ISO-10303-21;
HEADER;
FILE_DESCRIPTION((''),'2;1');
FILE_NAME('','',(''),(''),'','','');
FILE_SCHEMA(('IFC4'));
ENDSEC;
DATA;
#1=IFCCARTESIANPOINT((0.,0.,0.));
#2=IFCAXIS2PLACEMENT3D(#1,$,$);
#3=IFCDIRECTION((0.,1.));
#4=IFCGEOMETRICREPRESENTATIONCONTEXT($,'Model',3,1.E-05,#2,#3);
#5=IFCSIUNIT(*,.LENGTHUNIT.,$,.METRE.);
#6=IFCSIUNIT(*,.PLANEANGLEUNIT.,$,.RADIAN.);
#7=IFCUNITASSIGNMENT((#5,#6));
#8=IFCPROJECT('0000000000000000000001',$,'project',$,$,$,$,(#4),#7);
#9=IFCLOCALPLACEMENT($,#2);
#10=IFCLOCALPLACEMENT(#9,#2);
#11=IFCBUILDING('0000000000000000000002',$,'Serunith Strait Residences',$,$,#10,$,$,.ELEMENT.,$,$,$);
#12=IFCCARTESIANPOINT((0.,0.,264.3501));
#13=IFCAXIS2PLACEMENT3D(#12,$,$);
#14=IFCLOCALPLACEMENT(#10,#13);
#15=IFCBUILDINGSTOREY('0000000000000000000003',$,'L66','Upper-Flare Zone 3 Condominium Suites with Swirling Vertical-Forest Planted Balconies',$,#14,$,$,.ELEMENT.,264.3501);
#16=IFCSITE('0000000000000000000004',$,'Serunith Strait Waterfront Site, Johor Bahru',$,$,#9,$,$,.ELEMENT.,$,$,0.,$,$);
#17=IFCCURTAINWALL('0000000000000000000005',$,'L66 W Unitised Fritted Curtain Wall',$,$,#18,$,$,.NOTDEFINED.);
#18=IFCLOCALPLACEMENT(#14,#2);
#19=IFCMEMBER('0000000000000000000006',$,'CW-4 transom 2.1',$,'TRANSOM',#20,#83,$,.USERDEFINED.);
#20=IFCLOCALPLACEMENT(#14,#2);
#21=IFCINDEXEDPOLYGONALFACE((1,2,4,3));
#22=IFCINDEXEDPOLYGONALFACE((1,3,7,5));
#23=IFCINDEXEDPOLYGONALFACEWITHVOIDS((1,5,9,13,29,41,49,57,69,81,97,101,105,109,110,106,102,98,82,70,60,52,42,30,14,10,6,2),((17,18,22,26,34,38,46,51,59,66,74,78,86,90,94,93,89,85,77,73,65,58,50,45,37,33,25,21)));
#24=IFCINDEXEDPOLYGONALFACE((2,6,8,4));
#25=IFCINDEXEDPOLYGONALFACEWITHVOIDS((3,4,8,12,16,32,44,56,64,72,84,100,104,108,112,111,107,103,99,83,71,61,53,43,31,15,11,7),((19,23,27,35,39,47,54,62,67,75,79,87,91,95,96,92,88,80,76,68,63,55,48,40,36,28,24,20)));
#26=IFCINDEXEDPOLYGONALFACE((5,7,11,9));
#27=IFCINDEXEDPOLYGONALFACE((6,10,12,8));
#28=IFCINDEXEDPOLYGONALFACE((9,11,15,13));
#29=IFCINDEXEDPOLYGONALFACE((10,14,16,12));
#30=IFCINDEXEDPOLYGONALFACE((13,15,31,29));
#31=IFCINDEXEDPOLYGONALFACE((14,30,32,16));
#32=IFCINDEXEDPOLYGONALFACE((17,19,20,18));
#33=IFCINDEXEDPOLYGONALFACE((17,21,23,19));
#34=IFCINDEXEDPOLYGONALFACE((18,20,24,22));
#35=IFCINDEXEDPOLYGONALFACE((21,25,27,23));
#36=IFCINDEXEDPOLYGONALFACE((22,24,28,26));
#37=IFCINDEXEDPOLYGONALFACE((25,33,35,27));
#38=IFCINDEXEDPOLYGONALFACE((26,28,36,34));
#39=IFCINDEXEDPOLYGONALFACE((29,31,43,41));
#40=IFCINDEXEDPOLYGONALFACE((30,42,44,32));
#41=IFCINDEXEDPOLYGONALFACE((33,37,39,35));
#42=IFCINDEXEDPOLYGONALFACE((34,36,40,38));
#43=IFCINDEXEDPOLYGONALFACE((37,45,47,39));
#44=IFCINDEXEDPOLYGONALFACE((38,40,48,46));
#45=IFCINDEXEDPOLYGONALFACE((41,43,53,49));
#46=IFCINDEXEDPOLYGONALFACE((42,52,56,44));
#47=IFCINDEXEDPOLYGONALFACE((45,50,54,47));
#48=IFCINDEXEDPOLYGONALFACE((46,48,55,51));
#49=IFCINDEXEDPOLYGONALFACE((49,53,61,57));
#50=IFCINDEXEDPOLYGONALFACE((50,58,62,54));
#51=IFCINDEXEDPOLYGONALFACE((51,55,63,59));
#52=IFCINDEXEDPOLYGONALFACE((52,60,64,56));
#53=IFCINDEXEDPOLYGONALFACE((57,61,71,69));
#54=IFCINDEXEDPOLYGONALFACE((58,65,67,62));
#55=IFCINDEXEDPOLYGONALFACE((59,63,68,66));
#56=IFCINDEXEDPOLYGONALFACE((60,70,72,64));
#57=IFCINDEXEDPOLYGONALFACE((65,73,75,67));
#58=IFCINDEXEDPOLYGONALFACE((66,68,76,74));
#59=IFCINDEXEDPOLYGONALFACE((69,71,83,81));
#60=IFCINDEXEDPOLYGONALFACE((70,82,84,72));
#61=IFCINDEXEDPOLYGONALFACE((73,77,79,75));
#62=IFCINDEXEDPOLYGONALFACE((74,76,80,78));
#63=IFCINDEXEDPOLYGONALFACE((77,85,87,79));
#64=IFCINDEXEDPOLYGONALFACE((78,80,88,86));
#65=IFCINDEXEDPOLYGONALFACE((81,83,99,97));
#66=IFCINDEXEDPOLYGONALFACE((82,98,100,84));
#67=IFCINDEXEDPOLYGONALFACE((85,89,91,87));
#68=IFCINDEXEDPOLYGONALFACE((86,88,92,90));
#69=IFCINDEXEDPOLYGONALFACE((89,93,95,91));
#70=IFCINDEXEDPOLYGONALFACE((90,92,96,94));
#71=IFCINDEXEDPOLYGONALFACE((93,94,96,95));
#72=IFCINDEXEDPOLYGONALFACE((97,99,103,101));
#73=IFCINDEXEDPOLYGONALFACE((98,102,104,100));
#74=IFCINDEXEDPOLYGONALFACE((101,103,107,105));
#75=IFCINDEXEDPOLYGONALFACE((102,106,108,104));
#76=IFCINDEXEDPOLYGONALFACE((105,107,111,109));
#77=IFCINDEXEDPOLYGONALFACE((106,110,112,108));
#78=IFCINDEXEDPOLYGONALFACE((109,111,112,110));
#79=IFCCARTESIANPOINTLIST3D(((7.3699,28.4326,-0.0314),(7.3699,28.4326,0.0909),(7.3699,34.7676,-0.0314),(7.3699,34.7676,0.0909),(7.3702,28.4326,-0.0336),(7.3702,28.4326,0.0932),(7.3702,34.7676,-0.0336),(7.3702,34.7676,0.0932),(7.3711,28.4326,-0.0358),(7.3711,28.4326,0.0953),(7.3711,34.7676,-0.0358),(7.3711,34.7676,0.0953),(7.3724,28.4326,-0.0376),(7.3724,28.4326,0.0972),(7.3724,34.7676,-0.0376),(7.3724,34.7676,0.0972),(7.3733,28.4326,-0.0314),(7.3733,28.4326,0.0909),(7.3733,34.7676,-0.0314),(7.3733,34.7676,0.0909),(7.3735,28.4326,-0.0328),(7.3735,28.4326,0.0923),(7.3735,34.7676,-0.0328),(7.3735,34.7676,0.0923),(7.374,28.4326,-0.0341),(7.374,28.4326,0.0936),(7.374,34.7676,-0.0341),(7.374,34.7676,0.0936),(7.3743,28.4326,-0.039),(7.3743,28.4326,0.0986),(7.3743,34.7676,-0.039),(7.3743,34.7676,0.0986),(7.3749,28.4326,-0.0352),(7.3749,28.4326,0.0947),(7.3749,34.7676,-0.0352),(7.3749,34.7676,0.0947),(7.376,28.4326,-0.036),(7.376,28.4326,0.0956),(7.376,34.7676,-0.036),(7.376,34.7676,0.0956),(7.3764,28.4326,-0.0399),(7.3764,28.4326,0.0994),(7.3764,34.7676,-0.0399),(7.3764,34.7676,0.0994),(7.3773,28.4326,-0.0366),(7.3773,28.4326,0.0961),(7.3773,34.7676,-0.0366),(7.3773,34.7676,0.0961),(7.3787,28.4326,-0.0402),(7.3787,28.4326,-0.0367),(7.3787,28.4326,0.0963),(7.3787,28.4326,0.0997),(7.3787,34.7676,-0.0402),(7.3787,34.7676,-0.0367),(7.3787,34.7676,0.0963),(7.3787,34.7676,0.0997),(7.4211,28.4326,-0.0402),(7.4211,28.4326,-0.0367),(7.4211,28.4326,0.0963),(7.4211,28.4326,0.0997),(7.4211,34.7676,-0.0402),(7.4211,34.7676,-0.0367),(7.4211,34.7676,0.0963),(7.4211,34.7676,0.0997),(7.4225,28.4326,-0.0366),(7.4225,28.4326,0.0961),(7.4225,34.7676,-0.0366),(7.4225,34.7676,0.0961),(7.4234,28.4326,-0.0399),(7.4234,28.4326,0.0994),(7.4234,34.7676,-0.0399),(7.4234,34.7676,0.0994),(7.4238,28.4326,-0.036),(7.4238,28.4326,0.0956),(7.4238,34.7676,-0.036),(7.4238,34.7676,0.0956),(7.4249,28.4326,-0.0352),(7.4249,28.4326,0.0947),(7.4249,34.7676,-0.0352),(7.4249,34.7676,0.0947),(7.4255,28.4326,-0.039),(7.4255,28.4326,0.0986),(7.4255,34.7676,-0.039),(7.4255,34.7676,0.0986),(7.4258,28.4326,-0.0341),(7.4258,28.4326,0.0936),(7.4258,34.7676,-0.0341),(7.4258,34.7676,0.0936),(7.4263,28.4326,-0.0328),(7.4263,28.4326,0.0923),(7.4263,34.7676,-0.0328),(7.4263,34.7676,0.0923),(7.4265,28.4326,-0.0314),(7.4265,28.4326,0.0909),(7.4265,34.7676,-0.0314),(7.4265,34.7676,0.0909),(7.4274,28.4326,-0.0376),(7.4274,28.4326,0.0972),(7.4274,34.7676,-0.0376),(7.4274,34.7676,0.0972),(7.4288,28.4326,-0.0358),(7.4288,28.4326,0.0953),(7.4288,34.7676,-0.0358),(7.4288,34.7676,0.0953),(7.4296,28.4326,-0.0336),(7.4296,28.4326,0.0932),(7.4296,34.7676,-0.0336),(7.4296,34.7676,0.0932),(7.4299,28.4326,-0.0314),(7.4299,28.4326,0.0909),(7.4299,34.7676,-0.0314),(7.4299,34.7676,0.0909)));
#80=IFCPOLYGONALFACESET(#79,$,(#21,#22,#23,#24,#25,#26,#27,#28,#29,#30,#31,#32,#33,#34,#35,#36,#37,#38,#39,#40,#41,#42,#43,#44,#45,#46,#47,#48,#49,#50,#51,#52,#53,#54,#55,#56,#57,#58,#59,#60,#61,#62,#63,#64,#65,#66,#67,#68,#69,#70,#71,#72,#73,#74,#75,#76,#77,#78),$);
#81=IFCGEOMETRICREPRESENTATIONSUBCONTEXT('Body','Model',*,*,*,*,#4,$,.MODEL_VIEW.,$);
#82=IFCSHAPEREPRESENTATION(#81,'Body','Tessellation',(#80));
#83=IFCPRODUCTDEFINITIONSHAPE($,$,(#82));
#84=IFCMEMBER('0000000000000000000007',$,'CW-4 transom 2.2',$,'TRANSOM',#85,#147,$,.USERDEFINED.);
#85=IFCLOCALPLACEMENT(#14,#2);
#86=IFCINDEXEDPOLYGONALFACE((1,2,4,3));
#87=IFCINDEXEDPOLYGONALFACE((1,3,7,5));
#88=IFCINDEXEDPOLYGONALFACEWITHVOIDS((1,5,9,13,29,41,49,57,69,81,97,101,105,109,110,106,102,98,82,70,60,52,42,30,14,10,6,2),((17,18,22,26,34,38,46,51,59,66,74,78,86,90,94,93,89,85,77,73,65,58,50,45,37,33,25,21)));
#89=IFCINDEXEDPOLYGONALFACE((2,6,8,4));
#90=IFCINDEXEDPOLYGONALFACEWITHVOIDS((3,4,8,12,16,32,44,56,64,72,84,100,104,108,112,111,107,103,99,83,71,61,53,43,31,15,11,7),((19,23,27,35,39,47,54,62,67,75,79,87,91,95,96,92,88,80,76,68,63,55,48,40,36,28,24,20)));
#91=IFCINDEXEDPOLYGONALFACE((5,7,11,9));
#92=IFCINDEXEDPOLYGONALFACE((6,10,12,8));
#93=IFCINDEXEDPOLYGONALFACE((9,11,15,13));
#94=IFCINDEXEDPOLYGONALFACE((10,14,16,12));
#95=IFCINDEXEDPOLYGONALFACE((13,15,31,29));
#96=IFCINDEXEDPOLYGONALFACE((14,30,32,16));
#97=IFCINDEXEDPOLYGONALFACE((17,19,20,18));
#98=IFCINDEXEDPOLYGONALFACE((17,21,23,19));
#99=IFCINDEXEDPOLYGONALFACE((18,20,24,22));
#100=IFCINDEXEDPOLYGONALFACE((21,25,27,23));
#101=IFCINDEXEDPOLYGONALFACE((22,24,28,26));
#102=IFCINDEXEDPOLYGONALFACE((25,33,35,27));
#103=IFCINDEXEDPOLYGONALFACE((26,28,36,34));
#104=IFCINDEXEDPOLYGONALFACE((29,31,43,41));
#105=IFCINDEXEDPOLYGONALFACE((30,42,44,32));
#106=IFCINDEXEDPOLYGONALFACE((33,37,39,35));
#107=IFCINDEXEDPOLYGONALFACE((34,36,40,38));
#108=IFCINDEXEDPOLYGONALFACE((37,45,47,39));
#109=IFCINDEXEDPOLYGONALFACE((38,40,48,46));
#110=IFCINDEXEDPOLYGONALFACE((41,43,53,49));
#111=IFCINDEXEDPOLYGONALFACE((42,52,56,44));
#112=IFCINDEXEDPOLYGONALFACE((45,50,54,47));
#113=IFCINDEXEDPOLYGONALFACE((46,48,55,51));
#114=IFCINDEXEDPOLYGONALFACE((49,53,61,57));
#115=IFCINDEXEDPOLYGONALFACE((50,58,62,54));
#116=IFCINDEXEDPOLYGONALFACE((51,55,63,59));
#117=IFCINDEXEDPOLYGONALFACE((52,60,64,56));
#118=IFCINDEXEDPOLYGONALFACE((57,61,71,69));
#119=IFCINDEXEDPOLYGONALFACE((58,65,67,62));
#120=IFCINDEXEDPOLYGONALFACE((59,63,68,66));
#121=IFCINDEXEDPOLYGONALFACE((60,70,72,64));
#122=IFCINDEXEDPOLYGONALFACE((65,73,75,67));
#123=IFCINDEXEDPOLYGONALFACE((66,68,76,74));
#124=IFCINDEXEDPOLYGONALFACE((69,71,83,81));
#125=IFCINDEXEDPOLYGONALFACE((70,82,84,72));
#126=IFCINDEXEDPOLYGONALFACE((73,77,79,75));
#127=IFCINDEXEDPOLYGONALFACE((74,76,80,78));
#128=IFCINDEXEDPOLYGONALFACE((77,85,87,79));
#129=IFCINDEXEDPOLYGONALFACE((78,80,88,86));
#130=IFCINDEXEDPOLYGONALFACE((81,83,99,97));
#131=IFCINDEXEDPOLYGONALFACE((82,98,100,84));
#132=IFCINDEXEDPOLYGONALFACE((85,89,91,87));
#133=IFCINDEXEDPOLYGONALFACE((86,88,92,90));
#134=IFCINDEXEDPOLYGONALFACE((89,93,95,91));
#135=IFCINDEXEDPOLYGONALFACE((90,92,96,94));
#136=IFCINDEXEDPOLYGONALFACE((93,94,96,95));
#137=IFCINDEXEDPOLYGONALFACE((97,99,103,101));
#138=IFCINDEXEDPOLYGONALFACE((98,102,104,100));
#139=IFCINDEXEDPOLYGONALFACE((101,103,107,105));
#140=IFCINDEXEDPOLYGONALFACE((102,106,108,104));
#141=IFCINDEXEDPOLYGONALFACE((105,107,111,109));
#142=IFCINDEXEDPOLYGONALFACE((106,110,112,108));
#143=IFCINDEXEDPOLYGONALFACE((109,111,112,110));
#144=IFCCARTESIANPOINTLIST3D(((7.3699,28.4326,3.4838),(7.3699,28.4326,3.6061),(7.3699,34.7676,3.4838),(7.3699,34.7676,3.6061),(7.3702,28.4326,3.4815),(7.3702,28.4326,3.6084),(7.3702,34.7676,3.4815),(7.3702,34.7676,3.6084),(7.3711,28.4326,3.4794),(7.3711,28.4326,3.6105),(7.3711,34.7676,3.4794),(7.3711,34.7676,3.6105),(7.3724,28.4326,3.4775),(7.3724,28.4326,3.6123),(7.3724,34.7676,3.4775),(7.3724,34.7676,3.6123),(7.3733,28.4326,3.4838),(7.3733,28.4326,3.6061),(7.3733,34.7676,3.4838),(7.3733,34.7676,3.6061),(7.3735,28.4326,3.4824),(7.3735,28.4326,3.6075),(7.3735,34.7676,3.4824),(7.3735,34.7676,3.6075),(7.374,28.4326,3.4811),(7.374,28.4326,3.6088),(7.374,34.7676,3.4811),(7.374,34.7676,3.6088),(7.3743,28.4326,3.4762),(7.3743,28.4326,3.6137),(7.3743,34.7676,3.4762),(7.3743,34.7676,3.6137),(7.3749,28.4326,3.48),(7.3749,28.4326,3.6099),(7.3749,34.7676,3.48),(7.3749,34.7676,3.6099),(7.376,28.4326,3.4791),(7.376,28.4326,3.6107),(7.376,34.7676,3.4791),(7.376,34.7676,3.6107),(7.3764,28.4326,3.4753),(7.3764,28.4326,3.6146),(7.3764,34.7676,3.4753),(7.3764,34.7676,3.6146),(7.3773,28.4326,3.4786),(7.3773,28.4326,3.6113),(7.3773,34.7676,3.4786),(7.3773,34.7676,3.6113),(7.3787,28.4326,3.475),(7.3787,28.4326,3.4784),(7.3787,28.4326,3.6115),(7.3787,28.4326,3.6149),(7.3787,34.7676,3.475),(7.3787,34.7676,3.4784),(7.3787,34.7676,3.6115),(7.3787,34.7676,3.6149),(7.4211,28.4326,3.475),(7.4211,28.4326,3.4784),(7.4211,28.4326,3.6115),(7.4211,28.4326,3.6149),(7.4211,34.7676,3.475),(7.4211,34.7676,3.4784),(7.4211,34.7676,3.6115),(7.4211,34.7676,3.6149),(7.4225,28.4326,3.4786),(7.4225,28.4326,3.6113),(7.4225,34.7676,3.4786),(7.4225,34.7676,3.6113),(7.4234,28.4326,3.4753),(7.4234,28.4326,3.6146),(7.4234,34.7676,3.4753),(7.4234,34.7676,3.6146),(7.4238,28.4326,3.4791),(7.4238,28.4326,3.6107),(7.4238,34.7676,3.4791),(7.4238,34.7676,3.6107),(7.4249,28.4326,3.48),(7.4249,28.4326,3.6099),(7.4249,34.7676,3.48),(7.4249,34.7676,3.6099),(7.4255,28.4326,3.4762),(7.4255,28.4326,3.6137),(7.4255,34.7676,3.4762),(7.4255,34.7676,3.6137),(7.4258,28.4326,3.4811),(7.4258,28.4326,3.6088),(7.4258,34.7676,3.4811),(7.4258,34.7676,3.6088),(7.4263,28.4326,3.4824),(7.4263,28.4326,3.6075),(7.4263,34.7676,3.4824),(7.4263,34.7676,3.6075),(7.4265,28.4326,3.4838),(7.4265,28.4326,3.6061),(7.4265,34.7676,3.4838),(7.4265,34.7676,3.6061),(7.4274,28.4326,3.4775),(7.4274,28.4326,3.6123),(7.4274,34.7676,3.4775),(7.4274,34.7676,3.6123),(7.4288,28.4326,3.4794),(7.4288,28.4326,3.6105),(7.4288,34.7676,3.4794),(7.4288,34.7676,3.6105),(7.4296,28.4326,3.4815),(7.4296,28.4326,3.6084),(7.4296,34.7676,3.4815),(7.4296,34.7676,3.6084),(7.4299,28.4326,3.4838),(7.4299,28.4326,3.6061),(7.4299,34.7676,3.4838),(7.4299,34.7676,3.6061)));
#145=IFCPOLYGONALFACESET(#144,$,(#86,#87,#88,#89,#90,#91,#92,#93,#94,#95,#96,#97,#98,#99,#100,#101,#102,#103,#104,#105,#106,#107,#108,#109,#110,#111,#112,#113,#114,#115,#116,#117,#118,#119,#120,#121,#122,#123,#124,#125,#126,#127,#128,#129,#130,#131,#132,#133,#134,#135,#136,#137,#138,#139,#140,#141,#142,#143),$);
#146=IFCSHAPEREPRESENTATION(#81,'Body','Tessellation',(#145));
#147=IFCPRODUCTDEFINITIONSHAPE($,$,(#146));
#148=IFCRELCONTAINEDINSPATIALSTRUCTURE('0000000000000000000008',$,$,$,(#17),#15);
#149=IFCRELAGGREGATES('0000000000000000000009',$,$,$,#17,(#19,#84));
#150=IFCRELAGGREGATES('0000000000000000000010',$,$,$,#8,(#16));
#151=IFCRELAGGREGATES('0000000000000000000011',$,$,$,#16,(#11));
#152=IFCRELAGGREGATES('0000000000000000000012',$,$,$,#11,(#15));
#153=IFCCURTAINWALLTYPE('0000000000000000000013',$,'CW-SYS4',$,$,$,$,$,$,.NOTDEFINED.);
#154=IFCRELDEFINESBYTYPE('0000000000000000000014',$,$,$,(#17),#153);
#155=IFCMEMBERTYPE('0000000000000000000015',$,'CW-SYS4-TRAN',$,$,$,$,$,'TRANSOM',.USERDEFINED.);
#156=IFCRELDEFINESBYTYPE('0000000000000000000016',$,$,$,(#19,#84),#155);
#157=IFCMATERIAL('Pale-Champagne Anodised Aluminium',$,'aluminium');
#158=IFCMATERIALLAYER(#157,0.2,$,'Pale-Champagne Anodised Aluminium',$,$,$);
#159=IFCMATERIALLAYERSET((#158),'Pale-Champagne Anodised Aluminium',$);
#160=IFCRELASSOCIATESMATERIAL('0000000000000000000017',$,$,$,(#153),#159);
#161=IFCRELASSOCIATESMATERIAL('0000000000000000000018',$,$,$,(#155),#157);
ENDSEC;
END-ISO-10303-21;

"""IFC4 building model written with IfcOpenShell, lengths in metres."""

from ifc_helpers import new_model, si_unit, direction, frame, origin, origin_2d, place, context, subcontext, project, spatial, hollow_rectangle, extrude, source, transform, mapped, material, layer, layer_set, material_profile, profile_set, type_object, element, aggregate, save


model = new_model("IFC4")

# Units and contexts
model_context = context("Model", 3, precision=1e-05, world=origin(), true_north=direction((0.0, 1.0)))
body_context = subcontext(model_context, "Body", "Model", "MODEL_VIEW")
ifc_project = project(units=[si_unit("LENGTHUNIT", "METRE"), si_unit("PLANEANGLEUNIT", "RADIAN")], contexts=[model_context])

# Site, building, storey
site_placement = place(None, origin())
site = spatial("IfcSite", under=ifc_project, at=site_placement, Name="Serunith Strait Waterfront Site, Johor Bahru", CompositionType="ELEMENT", RefElevation=0.0)
building_placement = place(site_placement, origin())
building = spatial("IfcBuilding", under=site, at=building_placement, Name="Serunith Strait Residences", CompositionType="ELEMENT")
storey_placement = place(building_placement, frame((0.0, 0.0, 264.3501)))
storey = spatial("IfcBuildingStorey", under=building, at=storey_placement, Name="L66", Description="Upper-Flare Zone 3 Condominium Suites with Swirling Vertical-Forest Planted Balconies", CompositionType="ELEMENT", Elevation=264.3501)

# Curtain wall, members
ifc_material_1 = material(Name="Pale-Champagne Anodised Aluminium", Category="aluminium")
ifc_layer_1 = layer(ifc_material_1, 0.2, Name="Pale-Champagne Anodised Aluminium")
ifc_layer_set_1 = layer_set([ifc_layer_1], Name="Pale-Champagne Anodised Aluminium")
curtain_wall_type = type_object("IfcCurtainWallType", Name="CW-SYS4", PredefinedType="NOTDEFINED", material=ifc_layer_set_1)
curtain_wall_placement = place(storey_placement, origin())
curtain_wall = element("IfcCurtainWall", 1, at=curtain_wall_placement, inside=storey, type_object=curtain_wall_type, Name="L66 W Unitised Fritted Curtain Wall", PredefinedType="NOTDEFINED")
ifc_material_profile_1 = material_profile(ifc_material_1, hollow_rectangle(XDim=0.0601, YDim=0.1399, WallThickness=0.0034, InnerFilletRadius=0.0054, OuterFilletRadius=0.0088, at=origin_2d()), Name="ALU 140x60x3.5")
ifc_profile_set_1 = profile_set([ifc_material_profile_1], Name="Pale-Champagne Anodised Aluminium")
member_type_1 = type_object("IfcMemberType", Name="CW-SYS4-TRAN", ElementType="TRANSOM", PredefinedType="USERDEFINED", material=ifc_profile_set_1)
shared_shape_1 = source(origin(), body_context, "Body", "SweptSolid", [
    extrude(hollow_rectangle(XDim=0.0601, YDim=0.1399, WallThickness=0.0034, InnerFilletRadius=0.0054, OuterFilletRadius=0.0088, at=origin_2d()), origin(), (0.0, 0.0, 1.0), 6.335),
])
member_1_placement = place(storey_placement, frame((7.3999, 34.7676, 0.0298), z_axis=(0.0, -1.0, 0.0), x_axis=(1.0, 0.0, 0.0)))
member_1 = element("IfcMember", 2, at=member_1_placement, type_object=member_type_1, Name="CW-4 transom 2.1", ObjectType="TRANSOM", PredefinedType="USERDEFINED", context=body_context, shape_type="MappedRepresentation", body=[
    mapped(shared_shape_1, transform((0.0, 0.0, 0.0), scale=1.0)),
])
member_2_placement = place(storey_placement, frame((7.3999, 34.7676, 3.5449), z_axis=(0.0, -1.0, 0.0), x_axis=(1.0, 0.0, 0.0)))
member_2 = element("IfcMember", 3, at=member_2_placement, type_object=member_type_1, Name="CW-4 transom 2.2", ObjectType="TRANSOM", PredefinedType="USERDEFINED", context=body_context, shape_type="MappedRepresentation", body=[
    mapped(shared_shape_1, transform((0.0, 0.0, 0.0), scale=1.0)),
])
aggregate(curtain_wall, [member_1, member_2])

save(model, "model.ifc")
